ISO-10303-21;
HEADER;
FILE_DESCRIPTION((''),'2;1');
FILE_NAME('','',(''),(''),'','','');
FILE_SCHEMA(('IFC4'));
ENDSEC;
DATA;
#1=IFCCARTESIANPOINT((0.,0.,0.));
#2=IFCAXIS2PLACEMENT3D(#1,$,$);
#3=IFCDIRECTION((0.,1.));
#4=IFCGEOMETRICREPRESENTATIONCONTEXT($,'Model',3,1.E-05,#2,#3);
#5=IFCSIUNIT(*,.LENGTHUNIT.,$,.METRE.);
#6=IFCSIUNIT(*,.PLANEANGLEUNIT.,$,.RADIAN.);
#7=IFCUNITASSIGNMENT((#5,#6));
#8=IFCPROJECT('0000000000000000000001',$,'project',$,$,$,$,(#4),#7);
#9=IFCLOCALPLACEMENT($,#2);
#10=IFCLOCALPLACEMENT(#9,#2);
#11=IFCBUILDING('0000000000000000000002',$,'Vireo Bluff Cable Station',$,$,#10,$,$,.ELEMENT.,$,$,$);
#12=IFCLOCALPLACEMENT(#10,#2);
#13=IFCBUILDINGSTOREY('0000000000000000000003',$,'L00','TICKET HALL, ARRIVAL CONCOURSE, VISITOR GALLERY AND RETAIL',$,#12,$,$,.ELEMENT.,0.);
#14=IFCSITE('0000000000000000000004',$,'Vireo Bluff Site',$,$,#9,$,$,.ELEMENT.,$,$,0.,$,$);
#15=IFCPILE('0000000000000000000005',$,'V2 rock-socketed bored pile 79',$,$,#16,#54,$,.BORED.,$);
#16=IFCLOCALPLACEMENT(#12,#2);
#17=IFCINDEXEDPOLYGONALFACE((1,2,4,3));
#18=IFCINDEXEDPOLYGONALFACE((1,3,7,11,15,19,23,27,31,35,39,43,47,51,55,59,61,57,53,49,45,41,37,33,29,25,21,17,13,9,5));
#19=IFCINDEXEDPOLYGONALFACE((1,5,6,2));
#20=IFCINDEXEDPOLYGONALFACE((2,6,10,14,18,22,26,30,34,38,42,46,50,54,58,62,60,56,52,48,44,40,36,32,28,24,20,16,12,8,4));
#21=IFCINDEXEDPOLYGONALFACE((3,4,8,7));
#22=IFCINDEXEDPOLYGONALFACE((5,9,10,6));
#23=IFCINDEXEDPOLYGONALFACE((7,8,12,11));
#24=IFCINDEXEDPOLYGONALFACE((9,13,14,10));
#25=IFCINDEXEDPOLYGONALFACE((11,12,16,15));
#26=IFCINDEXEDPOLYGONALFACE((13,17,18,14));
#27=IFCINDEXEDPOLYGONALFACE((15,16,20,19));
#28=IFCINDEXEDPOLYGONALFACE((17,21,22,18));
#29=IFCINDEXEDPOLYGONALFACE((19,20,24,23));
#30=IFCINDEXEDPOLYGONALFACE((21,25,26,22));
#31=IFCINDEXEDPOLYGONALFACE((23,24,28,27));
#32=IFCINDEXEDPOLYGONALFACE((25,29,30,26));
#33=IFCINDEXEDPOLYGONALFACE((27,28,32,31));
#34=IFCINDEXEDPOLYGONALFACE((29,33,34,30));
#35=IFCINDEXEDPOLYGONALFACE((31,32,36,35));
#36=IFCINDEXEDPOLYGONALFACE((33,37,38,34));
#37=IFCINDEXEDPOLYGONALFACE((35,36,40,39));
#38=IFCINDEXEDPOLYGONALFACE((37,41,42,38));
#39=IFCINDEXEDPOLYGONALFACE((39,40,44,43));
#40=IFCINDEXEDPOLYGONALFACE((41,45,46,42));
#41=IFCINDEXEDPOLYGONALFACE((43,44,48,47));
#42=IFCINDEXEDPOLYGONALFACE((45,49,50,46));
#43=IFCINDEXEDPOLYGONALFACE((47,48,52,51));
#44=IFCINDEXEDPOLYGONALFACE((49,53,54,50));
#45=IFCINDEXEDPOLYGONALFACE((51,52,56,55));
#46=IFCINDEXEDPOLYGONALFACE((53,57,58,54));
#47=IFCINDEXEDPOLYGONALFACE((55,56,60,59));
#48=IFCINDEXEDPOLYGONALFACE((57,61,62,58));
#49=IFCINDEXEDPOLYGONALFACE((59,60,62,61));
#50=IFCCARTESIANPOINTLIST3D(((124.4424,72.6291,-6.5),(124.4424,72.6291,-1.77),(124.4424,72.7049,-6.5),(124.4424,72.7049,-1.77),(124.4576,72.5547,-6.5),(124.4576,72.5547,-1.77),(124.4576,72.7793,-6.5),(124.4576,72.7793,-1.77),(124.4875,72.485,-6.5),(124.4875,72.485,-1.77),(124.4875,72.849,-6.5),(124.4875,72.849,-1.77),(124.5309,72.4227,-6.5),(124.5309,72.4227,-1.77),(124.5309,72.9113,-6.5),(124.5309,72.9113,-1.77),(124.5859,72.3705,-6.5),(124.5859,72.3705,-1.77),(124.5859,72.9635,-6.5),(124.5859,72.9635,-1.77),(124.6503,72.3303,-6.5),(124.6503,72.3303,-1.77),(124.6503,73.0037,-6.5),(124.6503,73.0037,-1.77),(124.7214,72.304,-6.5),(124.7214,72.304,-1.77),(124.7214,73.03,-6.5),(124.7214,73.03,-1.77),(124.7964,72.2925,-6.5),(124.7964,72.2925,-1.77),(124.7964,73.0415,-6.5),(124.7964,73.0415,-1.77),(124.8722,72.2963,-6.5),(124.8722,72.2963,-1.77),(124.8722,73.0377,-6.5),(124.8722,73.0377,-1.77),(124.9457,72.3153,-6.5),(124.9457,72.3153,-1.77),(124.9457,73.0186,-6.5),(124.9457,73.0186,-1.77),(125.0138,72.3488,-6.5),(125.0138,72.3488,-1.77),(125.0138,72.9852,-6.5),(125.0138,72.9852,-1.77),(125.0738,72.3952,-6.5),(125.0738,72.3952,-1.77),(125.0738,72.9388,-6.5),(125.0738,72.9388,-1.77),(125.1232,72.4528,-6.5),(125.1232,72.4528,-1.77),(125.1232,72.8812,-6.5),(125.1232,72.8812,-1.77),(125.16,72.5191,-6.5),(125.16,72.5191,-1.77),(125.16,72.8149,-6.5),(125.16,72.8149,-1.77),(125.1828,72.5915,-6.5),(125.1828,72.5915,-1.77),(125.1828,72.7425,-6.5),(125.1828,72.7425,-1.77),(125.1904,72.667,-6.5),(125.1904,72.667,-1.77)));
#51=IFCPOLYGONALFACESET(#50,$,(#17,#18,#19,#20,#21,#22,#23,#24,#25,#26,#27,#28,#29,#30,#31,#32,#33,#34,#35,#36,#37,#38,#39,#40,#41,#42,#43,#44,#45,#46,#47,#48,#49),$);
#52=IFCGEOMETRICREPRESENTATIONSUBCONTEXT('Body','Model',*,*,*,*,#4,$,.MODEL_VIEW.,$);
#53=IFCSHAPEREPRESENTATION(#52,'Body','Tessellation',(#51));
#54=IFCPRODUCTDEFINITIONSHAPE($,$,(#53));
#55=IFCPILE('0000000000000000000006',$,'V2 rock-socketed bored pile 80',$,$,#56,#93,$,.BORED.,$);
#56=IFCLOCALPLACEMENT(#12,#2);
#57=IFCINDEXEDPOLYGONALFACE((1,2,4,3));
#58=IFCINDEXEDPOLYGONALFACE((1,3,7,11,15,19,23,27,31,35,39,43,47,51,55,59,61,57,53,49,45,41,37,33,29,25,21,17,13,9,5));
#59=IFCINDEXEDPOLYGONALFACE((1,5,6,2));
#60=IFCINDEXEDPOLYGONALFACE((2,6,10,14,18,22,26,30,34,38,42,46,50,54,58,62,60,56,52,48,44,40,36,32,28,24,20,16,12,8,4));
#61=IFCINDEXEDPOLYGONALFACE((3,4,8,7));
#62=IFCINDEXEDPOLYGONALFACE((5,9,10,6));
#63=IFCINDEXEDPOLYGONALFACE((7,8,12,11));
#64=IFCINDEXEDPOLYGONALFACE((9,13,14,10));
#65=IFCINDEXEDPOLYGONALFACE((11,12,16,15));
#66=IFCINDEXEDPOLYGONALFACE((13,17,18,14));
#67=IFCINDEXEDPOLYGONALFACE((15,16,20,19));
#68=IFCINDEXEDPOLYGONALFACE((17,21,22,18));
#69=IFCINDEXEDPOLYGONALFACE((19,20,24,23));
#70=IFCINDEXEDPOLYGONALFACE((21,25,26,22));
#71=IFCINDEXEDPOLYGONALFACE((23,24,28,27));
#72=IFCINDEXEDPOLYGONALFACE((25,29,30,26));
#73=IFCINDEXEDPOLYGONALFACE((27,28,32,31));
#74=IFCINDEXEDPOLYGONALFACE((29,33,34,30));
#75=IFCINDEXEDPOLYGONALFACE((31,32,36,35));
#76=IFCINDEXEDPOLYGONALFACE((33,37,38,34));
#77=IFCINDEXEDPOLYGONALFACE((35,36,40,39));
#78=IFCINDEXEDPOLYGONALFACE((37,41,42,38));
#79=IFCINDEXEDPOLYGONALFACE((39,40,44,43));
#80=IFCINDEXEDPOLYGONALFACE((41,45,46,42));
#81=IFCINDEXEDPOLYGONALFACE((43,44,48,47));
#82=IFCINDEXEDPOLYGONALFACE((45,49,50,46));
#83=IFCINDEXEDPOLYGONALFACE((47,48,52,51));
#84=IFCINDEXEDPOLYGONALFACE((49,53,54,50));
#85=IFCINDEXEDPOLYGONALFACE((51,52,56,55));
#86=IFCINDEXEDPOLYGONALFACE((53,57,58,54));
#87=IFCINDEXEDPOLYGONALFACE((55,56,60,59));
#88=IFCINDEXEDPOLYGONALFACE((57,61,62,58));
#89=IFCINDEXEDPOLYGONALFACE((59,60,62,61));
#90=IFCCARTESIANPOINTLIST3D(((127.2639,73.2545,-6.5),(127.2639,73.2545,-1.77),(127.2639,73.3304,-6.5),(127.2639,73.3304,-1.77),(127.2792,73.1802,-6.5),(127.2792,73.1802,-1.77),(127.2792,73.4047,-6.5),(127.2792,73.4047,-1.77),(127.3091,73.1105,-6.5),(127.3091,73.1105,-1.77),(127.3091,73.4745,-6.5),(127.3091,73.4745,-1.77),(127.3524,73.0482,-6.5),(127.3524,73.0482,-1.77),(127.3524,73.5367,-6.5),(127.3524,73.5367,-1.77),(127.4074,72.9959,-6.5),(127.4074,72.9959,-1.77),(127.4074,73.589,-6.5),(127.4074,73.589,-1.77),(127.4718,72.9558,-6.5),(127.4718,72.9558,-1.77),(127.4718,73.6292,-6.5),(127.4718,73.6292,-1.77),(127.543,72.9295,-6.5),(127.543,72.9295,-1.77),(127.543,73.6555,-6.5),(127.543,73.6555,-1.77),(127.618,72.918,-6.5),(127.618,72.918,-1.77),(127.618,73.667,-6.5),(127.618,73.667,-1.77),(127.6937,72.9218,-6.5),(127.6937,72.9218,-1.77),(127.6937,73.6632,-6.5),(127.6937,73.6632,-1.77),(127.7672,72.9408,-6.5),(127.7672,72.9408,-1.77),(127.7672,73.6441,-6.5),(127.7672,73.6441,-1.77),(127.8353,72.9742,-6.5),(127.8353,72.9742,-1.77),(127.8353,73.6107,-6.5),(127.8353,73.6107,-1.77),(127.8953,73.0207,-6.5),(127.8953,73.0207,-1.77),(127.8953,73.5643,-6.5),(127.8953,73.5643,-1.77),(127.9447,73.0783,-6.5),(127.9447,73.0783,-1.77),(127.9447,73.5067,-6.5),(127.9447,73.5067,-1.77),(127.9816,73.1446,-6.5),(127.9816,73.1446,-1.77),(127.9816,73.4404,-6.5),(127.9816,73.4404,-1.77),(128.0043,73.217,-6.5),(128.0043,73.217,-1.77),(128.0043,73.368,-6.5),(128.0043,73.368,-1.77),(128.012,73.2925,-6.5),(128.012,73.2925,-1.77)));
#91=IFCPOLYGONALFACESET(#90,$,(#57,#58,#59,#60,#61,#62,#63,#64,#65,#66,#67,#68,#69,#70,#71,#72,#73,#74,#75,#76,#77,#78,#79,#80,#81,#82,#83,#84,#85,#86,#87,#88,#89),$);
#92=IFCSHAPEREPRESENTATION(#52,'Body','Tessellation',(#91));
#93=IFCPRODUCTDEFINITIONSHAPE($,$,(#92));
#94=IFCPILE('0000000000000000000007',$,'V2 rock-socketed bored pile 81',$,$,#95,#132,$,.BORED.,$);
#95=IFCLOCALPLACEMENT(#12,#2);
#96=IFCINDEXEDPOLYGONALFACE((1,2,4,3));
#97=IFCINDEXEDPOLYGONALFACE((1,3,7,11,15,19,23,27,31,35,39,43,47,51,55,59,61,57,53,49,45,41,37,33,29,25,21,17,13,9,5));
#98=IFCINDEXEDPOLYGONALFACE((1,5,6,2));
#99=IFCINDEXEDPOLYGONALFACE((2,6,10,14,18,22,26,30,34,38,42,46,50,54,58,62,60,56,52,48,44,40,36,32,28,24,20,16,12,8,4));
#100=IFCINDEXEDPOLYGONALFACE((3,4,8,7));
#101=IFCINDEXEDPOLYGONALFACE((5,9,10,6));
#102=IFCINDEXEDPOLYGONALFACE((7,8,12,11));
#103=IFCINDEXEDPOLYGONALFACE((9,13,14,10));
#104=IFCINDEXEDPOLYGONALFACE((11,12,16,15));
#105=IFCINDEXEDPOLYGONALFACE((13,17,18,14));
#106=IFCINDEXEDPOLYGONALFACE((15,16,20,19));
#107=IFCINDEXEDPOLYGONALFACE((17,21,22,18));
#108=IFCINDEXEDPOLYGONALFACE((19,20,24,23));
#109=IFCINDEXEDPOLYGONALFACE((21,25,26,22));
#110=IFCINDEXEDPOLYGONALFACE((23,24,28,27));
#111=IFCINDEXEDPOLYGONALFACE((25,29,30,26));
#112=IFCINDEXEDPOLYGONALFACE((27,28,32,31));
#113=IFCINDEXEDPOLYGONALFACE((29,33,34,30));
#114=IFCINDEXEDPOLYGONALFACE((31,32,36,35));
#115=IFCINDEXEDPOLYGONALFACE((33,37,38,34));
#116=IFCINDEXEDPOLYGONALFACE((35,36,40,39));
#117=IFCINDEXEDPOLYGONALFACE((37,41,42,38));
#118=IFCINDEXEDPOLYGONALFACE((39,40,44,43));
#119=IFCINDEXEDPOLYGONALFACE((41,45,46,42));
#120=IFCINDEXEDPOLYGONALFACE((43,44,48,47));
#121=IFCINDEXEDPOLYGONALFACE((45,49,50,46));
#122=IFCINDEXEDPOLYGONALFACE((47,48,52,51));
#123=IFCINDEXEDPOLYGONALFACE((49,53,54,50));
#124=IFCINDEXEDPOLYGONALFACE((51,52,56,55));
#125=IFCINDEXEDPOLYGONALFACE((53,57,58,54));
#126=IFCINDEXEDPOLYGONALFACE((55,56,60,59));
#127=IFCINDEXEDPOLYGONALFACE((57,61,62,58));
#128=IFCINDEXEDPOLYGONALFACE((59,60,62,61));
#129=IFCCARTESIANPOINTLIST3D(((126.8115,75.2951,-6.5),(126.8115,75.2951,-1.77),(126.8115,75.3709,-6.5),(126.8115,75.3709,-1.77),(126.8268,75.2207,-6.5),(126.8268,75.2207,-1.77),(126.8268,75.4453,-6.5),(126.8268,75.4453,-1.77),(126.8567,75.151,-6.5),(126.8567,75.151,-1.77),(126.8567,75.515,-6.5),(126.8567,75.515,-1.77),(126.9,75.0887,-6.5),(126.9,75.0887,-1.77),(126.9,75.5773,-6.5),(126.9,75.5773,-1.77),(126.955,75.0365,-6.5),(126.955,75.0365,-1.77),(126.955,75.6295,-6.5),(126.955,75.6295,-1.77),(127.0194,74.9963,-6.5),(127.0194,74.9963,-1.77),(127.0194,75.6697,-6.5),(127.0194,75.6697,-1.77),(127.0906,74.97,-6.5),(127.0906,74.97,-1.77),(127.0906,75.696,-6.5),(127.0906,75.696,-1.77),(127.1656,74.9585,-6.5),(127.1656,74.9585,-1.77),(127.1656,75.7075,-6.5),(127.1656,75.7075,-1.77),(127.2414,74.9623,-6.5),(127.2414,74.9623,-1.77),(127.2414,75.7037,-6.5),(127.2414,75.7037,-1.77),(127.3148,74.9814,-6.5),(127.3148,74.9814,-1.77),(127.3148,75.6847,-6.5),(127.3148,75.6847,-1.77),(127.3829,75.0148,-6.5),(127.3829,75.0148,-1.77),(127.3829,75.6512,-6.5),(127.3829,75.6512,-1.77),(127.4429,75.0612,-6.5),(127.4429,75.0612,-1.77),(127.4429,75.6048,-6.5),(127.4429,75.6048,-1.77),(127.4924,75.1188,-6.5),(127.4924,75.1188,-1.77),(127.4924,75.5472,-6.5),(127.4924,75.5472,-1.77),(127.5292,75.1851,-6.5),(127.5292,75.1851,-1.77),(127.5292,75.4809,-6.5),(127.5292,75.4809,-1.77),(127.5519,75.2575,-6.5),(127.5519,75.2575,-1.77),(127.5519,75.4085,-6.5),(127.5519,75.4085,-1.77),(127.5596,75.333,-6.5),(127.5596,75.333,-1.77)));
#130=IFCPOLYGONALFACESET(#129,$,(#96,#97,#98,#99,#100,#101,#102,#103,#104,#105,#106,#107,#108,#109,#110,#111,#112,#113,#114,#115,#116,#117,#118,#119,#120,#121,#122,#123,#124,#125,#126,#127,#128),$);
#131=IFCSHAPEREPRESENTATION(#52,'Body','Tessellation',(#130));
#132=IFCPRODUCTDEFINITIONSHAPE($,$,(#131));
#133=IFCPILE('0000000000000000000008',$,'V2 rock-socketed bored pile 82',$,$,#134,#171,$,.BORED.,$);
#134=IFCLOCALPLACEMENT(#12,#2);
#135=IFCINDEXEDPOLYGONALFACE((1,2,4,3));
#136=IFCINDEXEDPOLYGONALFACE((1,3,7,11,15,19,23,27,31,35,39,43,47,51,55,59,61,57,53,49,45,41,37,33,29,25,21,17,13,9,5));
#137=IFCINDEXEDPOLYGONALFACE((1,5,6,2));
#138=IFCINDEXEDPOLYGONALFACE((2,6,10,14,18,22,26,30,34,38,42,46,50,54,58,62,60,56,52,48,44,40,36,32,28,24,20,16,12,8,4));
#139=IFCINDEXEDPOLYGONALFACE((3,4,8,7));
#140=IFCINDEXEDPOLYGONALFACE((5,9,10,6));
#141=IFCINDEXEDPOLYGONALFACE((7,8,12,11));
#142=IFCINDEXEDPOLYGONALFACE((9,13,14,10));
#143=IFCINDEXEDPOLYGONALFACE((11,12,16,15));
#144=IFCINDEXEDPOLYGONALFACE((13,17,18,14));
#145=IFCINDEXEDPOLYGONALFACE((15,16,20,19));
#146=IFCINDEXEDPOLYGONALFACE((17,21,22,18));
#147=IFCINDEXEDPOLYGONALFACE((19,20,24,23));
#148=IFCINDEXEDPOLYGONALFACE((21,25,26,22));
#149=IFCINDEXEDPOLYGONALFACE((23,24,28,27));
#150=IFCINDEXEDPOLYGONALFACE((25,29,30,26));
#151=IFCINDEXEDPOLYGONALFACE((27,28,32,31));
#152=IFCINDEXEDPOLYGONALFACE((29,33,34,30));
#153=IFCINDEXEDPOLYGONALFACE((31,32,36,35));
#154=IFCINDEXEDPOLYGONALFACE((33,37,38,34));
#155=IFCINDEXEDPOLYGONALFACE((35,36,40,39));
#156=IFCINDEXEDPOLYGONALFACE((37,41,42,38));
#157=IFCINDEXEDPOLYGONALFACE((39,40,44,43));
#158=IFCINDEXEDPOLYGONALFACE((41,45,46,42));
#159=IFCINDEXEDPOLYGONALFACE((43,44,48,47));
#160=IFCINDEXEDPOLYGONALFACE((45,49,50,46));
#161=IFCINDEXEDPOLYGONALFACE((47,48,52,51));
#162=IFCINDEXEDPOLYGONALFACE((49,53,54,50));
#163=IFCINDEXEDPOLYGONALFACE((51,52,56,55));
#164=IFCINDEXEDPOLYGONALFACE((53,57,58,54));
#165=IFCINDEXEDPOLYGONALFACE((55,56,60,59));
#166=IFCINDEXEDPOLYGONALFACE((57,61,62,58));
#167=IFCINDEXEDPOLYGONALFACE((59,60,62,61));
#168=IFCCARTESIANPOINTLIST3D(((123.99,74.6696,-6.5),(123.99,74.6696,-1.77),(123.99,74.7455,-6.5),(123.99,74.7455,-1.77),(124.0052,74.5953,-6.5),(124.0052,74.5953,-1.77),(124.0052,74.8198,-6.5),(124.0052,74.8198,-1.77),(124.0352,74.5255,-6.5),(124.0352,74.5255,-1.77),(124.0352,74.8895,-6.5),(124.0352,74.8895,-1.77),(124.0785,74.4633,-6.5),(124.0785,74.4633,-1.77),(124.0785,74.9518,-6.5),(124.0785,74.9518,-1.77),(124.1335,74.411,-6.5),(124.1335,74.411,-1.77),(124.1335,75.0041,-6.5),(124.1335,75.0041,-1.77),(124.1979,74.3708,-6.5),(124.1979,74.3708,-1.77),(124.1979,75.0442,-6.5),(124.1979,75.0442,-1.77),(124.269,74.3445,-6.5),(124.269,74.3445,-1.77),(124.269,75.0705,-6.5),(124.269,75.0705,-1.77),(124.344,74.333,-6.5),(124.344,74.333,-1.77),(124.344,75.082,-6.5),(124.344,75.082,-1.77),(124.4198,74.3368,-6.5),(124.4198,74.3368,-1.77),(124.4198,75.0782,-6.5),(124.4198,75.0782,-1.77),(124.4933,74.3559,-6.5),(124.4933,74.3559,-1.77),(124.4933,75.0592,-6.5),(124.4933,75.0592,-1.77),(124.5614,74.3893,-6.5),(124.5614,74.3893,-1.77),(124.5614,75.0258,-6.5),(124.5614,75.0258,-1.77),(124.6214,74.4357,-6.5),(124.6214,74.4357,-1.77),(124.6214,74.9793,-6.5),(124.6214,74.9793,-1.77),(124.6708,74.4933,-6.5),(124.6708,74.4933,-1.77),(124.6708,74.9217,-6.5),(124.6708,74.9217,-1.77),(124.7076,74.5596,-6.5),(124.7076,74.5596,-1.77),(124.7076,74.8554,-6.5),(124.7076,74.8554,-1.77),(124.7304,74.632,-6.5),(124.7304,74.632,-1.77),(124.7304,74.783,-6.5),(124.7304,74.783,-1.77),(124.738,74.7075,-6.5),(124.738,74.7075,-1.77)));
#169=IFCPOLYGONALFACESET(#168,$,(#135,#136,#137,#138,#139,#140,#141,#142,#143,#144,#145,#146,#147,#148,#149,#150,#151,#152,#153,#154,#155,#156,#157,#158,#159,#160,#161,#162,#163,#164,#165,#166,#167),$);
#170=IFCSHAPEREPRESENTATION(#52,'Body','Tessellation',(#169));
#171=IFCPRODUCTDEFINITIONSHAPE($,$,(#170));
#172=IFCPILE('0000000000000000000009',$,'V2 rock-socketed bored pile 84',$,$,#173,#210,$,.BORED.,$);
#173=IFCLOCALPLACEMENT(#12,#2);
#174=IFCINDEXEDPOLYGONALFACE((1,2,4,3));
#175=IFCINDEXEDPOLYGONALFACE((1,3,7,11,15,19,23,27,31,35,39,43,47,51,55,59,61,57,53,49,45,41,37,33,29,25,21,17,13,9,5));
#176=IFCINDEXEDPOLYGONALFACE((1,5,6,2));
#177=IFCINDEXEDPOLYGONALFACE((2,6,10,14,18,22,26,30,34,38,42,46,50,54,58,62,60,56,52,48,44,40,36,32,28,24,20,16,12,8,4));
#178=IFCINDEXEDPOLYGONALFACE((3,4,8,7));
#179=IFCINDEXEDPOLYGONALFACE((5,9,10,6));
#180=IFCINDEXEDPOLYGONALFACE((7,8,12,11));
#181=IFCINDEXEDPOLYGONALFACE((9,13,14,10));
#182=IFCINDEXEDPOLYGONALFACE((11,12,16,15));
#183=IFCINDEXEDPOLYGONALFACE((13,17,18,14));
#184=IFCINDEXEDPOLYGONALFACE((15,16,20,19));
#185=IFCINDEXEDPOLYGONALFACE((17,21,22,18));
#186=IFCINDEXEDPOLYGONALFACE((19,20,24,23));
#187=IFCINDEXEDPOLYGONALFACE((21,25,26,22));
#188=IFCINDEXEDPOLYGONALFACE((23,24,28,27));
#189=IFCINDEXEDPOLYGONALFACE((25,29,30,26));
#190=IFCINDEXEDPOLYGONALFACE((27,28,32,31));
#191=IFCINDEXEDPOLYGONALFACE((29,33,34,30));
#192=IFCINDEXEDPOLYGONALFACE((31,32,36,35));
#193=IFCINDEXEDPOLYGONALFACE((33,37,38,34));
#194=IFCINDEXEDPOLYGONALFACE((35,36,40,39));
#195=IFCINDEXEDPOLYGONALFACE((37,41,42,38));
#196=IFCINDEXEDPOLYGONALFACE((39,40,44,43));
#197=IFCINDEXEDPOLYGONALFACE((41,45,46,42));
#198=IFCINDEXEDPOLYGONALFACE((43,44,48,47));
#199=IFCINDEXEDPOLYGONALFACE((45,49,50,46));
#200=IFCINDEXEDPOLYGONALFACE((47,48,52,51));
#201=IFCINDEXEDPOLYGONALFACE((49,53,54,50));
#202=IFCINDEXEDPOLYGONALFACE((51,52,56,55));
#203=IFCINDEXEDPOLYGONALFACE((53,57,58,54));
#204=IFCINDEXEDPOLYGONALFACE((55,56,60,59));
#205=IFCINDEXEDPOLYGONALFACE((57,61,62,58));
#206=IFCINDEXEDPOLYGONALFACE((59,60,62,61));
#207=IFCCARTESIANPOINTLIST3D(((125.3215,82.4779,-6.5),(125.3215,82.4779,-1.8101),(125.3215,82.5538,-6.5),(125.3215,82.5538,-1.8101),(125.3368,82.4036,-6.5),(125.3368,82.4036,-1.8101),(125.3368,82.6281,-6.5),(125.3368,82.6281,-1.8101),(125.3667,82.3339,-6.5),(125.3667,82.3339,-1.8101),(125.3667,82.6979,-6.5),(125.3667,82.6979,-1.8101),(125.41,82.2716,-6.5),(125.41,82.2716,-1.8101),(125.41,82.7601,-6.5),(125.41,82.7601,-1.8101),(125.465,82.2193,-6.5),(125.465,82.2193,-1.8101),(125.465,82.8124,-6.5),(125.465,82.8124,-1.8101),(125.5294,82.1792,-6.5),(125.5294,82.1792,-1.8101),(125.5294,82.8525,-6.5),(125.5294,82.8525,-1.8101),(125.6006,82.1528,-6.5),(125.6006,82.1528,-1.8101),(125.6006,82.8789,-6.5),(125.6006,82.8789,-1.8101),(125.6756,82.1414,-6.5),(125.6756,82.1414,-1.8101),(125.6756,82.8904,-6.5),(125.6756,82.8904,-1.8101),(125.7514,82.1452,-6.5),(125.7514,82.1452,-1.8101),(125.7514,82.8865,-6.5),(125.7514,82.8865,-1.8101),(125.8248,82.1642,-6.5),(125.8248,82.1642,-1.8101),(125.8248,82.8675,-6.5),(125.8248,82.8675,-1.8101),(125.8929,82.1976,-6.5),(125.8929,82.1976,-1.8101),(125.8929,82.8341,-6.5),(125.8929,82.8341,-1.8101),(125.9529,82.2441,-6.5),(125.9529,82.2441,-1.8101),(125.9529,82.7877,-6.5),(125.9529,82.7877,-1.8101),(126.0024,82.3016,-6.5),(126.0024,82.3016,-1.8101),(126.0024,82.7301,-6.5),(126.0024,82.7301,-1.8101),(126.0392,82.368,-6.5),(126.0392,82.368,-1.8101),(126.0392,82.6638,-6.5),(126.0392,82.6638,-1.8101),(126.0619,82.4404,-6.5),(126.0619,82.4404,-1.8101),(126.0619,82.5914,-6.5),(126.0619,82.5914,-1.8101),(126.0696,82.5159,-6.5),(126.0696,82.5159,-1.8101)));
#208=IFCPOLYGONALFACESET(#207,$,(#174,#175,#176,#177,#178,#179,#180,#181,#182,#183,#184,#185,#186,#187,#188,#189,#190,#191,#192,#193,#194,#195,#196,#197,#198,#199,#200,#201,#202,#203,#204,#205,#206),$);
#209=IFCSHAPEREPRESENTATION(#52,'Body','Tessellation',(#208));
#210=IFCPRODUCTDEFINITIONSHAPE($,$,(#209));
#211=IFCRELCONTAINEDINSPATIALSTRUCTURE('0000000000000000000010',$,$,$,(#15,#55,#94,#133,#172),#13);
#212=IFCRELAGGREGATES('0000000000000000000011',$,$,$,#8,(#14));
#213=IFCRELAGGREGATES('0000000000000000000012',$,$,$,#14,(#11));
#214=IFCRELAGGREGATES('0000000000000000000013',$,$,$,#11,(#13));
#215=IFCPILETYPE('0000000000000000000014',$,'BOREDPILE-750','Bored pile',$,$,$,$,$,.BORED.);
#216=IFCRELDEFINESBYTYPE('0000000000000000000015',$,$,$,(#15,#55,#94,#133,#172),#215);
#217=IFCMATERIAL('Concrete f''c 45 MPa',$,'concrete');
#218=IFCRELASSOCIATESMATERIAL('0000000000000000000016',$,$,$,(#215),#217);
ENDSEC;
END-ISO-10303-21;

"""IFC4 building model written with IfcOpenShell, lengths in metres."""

from ifc_helpers import new_model, si_unit, direction, frame, origin, origin_2d, place, context, subcontext, project, spatial, circle, extrude, material, material_profile, profile_set, type_object, element, save


model = new_model("IFC4")

# Units and contexts
model_context = context("Model", 3, precision=1e-05, world=origin(), true_north=direction((0.0, 1.0)))
body_context = subcontext(model_context, "Body", "Model", "MODEL_VIEW")
ifc_project = project(units=[si_unit("LENGTHUNIT", "METRE"), si_unit("PLANEANGLEUNIT", "RADIAN")], contexts=[model_context])

# Site, building, storey
site_placement = place(None, origin())
site = spatial("IfcSite", under=ifc_project, at=site_placement, Name="Vireo Bluff Site", CompositionType="ELEMENT", RefElevation=0.0)
building_placement = place(site_placement, origin())
building = spatial("IfcBuilding", under=site, at=building_placement, Name="Vireo Bluff Cable Station", CompositionType="ELEMENT")
storey_placement = place(building_placement, origin())
storey = spatial("IfcBuildingStorey", under=building, at=storey_placement, Name="L00", Description="TICKET HALL, ARRIVAL CONCOURSE, VISITOR GALLERY AND RETAIL", CompositionType="ELEMENT", Elevation=0.0)

# Piles
ifc_material_1 = material(Name="Concrete f'c 45 MPa", Category="concrete")
ifc_material_profile_1 = material_profile(ifc_material_1, circle(Radius=0.375, at=origin_2d()), Name="BOREDPILE-750")
ifc_profile_set_1 = profile_set([ifc_material_profile_1], Name="Concrete f'c 45 MPa")
pile_type = type_object("IfcPileType", Name="BOREDPILE-750", Description="Bored pile", PredefinedType="BORED", material=ifc_profile_set_1)
for number, where, z_axis, x_axis, name in (
    (1, (124.8154, 72.667, -1.77), (0.0, 0.0, -1.0), (1.0, 0.0, 0.0), "V2 rock-socketed bored pile 79"),
    (2, (127.637, 73.2925, -1.77), (0.0, 0.0, -1.0), (1.0, 0.0, 0.0), "V2 rock-socketed bored pile 80"),
    (3, (127.1846, 75.333, -1.77), (0.0, 0.0, -1.0), (1.0, 0.0, 0.0), "V2 rock-socketed bored pile 81"),
    (4, (124.363, 74.7075, -1.77), (0.0, 0.0, -1.0), (1.0, 0.0, 0.0), "V2 rock-socketed bored pile 82"),
):
    element("IfcPile", number, at=place(storey_placement, frame(where, z_axis=z_axis, x_axis=x_axis)), inside=storey, type_object=pile_type, Name=name, PredefinedType="BORED", context=body_context, shape_type="SweptSolid", body=[
        extrude(circle(Radius=0.375, at=origin_2d()), origin(), (0.0, 0.0, 1.0), 4.73),
    ])
for number, where, z_axis, x_axis, name in (
    (5, (125.6946, 82.5159, -1.8101), (0.0, 0.0, -1.0), (1.0, 0.0, 0.0), "V2 rock-socketed bored pile 84"),
):
    element("IfcPile", number, at=place(storey_placement, frame(where, z_axis=z_axis, x_axis=x_axis)), inside=storey, type_object=pile_type, Name=name, PredefinedType="BORED", context=body_context, shape_type="SweptSolid", body=[
        extrude(circle(Radius=0.375, at=origin_2d()), origin(), (0.0, 0.0, 1.0), 4.6899),
    ])

save(model, "model.ifc")
